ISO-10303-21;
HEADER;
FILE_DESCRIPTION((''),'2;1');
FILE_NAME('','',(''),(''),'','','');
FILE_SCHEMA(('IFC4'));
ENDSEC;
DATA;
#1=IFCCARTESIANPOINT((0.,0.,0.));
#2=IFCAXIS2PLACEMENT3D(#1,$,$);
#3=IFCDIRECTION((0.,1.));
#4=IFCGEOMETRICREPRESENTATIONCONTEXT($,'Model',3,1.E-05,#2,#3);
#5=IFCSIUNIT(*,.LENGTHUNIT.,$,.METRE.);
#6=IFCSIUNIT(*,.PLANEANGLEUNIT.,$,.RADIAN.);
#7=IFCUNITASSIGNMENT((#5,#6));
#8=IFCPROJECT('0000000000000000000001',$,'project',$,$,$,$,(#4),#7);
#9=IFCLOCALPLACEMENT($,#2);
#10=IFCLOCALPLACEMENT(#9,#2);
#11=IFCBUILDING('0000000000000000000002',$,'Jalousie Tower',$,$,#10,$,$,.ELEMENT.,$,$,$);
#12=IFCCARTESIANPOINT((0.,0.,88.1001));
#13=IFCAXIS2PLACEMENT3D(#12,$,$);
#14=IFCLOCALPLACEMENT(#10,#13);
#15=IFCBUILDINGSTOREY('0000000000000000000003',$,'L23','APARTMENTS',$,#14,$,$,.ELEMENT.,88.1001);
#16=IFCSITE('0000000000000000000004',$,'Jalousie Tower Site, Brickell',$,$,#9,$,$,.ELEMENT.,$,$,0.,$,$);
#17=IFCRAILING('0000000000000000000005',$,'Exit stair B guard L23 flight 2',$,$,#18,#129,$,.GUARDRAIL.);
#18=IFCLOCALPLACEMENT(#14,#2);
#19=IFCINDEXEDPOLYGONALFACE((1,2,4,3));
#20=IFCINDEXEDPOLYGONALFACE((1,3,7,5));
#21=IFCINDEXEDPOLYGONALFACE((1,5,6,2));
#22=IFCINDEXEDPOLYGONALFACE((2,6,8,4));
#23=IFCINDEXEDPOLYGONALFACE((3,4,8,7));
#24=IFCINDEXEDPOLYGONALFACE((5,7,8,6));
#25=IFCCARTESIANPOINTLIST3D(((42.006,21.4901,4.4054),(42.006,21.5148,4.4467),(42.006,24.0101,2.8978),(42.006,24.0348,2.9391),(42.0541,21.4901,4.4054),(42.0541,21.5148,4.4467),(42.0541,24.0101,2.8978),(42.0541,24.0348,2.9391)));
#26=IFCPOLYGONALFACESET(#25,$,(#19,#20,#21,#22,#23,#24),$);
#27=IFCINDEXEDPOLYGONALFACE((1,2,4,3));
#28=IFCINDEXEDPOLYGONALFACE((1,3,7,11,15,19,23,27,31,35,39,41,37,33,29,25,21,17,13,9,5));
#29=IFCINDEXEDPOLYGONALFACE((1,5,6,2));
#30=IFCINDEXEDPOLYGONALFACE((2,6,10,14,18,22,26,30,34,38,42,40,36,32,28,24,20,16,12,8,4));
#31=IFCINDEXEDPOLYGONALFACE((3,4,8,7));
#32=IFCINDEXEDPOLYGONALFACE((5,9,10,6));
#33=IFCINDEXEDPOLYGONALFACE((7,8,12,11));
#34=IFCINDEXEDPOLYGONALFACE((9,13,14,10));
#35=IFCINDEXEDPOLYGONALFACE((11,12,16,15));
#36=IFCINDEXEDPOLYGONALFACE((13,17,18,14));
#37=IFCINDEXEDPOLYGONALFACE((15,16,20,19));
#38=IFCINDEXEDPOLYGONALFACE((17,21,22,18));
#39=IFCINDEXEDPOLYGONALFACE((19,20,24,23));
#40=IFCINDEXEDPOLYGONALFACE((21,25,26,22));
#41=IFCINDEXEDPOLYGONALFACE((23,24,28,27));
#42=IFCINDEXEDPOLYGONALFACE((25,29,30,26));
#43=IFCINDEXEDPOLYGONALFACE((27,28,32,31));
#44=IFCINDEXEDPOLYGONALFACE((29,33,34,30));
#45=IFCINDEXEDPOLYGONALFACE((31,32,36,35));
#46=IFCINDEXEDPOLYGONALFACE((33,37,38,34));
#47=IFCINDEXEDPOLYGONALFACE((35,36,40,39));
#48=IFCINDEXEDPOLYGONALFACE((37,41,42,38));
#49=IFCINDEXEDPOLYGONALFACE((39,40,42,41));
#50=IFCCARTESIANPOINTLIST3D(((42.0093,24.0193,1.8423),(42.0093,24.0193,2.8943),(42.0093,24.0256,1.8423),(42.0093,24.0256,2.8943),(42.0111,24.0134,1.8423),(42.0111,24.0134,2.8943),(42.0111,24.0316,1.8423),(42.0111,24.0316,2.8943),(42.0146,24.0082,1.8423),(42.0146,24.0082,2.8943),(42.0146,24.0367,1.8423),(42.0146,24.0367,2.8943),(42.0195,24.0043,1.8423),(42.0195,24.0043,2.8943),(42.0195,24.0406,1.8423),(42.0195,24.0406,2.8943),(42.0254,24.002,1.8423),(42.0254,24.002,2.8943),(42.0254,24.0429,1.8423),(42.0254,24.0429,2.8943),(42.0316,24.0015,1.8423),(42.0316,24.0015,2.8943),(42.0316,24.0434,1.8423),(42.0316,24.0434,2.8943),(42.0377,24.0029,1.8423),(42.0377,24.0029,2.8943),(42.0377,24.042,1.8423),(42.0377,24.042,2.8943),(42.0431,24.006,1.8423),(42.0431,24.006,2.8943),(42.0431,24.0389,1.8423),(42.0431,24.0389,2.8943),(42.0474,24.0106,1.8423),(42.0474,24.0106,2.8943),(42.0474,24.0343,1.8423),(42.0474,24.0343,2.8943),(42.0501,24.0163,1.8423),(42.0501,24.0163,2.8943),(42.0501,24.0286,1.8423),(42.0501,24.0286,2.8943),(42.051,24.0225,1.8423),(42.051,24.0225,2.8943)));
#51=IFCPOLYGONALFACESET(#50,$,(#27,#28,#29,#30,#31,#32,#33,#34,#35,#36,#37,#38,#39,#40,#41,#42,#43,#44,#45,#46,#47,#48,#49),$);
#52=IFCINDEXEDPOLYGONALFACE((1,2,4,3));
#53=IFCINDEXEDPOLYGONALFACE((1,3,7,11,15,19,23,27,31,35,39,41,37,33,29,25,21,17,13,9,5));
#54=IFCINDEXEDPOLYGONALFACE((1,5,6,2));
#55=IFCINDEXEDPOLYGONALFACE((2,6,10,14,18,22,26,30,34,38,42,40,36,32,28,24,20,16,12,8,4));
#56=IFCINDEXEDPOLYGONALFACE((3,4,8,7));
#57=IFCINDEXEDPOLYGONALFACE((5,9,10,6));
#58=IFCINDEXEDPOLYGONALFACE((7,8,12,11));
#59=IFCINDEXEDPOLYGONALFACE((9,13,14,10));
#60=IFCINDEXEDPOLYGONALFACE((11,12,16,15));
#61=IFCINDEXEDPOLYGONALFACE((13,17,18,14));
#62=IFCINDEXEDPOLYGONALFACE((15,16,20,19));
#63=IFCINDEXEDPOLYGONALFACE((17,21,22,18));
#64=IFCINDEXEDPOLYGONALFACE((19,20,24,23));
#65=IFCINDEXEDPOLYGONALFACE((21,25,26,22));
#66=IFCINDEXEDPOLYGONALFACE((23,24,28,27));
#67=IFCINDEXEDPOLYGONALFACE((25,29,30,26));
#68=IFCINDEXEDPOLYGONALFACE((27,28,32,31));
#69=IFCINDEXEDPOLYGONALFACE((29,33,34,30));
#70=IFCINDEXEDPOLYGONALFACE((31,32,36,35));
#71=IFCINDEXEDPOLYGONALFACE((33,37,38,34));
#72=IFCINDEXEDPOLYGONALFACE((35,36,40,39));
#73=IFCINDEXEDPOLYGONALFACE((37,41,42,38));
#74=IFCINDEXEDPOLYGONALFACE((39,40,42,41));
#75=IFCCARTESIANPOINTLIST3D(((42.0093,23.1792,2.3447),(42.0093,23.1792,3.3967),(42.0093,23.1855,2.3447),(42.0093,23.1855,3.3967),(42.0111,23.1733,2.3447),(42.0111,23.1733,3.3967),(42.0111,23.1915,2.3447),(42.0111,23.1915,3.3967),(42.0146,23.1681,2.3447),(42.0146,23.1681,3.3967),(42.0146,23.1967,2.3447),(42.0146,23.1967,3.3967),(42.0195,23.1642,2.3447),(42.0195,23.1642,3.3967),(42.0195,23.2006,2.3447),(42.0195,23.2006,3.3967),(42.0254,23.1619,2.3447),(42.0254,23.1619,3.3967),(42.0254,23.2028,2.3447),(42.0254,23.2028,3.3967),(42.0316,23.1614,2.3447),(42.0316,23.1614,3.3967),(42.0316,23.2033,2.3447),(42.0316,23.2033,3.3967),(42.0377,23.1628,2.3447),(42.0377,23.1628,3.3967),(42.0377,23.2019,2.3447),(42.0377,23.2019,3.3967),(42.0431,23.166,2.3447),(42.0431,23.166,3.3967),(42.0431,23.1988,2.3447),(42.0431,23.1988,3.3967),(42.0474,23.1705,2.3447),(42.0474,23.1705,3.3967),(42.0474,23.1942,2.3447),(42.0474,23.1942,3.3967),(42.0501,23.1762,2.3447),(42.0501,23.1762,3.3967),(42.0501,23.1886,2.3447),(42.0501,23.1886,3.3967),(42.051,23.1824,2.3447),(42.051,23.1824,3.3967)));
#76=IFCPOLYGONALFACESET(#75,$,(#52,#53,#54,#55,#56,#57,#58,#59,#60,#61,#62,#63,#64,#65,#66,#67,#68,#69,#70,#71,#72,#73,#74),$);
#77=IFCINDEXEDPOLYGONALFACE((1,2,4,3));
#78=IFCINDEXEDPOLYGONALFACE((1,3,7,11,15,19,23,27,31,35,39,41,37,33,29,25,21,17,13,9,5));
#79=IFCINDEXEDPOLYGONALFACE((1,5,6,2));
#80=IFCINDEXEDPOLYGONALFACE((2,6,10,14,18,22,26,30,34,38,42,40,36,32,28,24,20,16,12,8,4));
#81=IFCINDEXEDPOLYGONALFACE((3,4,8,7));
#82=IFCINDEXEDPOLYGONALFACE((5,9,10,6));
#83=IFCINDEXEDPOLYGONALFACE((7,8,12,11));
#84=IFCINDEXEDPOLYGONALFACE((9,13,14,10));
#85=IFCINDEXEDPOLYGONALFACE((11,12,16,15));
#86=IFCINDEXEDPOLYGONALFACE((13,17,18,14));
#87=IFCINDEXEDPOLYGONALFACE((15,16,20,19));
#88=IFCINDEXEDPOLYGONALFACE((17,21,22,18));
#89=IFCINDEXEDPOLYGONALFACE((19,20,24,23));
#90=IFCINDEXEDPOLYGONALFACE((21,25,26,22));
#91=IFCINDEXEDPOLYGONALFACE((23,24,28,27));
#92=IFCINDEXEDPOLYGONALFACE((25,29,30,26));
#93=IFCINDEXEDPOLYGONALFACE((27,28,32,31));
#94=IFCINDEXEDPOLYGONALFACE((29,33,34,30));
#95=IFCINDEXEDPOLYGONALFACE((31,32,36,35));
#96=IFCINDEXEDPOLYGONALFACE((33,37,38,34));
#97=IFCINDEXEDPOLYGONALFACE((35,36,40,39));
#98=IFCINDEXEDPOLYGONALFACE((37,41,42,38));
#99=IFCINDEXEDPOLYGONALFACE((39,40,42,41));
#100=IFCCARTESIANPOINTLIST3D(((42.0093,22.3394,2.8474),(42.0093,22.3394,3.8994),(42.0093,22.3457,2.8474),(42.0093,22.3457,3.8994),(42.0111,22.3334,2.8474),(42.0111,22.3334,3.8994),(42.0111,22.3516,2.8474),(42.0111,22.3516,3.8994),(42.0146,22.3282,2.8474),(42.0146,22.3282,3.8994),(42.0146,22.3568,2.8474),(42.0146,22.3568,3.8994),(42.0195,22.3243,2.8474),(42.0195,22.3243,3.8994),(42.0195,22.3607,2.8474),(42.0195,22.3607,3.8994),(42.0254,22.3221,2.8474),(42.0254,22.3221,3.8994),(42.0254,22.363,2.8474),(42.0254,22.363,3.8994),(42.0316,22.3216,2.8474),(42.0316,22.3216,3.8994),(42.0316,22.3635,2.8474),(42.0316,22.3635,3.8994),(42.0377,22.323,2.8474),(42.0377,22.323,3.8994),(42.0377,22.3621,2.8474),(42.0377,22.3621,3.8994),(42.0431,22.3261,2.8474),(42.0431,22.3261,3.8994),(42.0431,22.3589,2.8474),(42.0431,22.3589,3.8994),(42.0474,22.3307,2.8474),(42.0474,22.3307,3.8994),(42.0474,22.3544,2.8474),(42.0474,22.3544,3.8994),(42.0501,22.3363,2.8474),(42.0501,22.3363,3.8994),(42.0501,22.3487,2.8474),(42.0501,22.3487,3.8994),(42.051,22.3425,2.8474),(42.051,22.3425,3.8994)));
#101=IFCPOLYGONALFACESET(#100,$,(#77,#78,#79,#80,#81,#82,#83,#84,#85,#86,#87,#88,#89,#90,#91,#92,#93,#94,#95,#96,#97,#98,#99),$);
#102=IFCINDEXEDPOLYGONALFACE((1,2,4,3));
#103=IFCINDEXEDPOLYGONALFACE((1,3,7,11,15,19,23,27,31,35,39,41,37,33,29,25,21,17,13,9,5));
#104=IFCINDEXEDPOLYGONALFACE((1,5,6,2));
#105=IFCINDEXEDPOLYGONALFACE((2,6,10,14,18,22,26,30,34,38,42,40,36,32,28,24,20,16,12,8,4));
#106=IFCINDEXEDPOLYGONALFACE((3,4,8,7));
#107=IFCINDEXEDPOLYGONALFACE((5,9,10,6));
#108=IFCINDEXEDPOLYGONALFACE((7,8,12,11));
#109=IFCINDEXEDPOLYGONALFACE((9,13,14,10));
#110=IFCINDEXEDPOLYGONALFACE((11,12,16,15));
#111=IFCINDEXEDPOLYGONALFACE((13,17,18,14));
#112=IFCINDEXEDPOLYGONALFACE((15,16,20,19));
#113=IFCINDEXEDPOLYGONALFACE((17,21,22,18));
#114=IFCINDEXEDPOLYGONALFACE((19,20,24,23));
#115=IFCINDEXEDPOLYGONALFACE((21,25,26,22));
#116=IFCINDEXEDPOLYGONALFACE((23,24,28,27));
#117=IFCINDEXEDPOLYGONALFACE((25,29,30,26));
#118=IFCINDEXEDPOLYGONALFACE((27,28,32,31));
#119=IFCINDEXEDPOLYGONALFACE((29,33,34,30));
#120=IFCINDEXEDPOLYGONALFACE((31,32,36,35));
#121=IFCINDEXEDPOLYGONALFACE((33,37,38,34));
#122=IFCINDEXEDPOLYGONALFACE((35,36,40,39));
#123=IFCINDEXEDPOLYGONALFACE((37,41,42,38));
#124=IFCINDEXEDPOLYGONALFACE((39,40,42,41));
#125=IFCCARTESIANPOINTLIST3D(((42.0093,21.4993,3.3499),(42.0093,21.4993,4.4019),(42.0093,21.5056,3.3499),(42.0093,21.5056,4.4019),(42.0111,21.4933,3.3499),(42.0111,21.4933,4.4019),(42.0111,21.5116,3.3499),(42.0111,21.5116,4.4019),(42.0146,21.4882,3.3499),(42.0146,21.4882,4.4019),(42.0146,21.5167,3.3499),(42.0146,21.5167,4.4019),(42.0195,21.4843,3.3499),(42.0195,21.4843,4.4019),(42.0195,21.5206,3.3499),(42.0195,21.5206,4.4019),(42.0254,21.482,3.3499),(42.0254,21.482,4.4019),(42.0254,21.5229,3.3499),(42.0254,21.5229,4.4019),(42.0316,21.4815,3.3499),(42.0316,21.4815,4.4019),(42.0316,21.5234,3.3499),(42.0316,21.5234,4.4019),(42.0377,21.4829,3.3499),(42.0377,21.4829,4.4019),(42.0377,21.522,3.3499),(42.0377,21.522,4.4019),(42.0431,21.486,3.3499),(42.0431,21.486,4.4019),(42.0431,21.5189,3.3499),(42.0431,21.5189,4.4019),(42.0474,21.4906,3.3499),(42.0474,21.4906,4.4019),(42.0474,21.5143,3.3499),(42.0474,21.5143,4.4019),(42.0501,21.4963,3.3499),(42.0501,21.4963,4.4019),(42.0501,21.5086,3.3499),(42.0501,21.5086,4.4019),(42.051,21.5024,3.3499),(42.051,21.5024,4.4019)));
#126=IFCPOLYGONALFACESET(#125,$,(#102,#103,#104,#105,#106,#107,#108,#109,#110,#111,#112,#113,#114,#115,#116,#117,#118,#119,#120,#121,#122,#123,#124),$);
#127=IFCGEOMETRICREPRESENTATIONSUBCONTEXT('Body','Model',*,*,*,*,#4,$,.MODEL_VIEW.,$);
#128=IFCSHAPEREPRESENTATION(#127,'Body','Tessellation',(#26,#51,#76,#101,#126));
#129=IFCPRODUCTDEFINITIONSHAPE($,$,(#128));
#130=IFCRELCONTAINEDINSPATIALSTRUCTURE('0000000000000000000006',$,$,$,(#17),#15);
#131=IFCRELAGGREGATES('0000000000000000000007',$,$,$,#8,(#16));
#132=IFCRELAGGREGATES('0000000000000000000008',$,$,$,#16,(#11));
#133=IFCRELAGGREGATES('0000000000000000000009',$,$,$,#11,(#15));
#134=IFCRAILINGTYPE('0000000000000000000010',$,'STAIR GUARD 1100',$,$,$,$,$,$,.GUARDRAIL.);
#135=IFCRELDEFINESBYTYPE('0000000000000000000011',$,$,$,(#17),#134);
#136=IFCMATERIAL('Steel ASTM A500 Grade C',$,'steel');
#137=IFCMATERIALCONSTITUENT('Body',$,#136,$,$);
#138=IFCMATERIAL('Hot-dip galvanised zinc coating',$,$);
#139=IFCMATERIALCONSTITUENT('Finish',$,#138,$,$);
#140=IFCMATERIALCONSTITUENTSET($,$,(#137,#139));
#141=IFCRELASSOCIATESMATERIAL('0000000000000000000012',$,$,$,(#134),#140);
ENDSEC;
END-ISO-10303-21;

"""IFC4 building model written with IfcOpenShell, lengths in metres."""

from ifc_helpers import new_model, si_unit, direction, frame, origin, origin_2d, place, context, subcontext, project, spatial, rectangle, circle, extrude, material, constituent, constituent_set, type_object, element, save


model = new_model("IFC4")

# Units and contexts
model_context = context("Model", 3, precision=1e-05, world=origin(), true_north=direction((0.0, 1.0)))
body_context = subcontext(model_context, "Body", "Model", "MODEL_VIEW")
ifc_project = project(units=[si_unit("LENGTHUNIT", "METRE"), si_unit("PLANEANGLEUNIT", "RADIAN")], contexts=[model_context])

# Site, building, storey
site_placement = place(None, origin())
site = spatial("IfcSite", under=ifc_project, at=site_placement, Name="Jalousie Tower Site, Brickell", CompositionType="ELEMENT", RefElevation=0.0)
building_placement = place(site_placement, origin())
building = spatial("IfcBuilding", under=site, at=building_placement, Name="Jalousie Tower", CompositionType="ELEMENT")
storey_placement = place(building_placement, frame((0.0, 0.0, 88.1001)))
storey = spatial("IfcBuildingStorey", under=building, at=storey_placement, Name="L23", Description="APARTMENTS", CompositionType="ELEMENT", Elevation=88.1001)

# Railing
ifc_material_1 = material(Name="Steel ASTM A500 Grade C", Category="steel")
ifc_constituent_1 = constituent(ifc_material_1, Name="Body")
ifc_material_2 = material(Name="Hot-dip galvanised zinc coating")
ifc_constituent_2 = constituent(ifc_material_2, Name="Finish")
ifc_constituent_set_1 = constituent_set(constituents=[ifc_constituent_1, ifc_constituent_2])
railing_type_1 = type_object("IfcRailingType", Name="STAIR GUARD 1100", PredefinedType="GUARDRAIL", material=ifc_constituent_set_1)
railing_1_placement = place(storey_placement, frame((42.03, 24.0225, 1.8423)))
element("IfcRailing", 1, at=railing_1_placement, inside=storey, type_object=railing_type_1, Name="Exit stair B guard L23 flight 2", PredefinedType="GUARDRAIL", context=body_context, shape_type="SweptSolid", body=[
    extrude(rectangle(XDim=0.0481, YDim=0.0481, at=origin_2d()), frame((0.0, 0.0, 1.0762), z_axis=(0.0, -0.85816, 0.513383), x_axis=(1.0, 0.0, 0.0)), (0.0, 0.0, 1.0), 2.9365),
    extrude(circle(Radius=0.021, at=origin_2d()), origin(), (0.0, 0.0, 1.0), 1.052),
    extrude(circle(Radius=0.021, at=origin_2d()), frame((0.0, -0.8401, 0.5024)), (0.0, 0.0, 1.0), 1.052),
    extrude(circle(Radius=0.021, at=origin_2d()), frame((0.0, -1.6799, 1.0051)), (0.0, 0.0, 1.0), 1.052),
    extrude(circle(Radius=0.021, at=origin_2d()), frame((0.0, -2.52, 1.5076)), (0.0, 0.0, 1.0), 1.052),
])

save(model, "model.ifc")
